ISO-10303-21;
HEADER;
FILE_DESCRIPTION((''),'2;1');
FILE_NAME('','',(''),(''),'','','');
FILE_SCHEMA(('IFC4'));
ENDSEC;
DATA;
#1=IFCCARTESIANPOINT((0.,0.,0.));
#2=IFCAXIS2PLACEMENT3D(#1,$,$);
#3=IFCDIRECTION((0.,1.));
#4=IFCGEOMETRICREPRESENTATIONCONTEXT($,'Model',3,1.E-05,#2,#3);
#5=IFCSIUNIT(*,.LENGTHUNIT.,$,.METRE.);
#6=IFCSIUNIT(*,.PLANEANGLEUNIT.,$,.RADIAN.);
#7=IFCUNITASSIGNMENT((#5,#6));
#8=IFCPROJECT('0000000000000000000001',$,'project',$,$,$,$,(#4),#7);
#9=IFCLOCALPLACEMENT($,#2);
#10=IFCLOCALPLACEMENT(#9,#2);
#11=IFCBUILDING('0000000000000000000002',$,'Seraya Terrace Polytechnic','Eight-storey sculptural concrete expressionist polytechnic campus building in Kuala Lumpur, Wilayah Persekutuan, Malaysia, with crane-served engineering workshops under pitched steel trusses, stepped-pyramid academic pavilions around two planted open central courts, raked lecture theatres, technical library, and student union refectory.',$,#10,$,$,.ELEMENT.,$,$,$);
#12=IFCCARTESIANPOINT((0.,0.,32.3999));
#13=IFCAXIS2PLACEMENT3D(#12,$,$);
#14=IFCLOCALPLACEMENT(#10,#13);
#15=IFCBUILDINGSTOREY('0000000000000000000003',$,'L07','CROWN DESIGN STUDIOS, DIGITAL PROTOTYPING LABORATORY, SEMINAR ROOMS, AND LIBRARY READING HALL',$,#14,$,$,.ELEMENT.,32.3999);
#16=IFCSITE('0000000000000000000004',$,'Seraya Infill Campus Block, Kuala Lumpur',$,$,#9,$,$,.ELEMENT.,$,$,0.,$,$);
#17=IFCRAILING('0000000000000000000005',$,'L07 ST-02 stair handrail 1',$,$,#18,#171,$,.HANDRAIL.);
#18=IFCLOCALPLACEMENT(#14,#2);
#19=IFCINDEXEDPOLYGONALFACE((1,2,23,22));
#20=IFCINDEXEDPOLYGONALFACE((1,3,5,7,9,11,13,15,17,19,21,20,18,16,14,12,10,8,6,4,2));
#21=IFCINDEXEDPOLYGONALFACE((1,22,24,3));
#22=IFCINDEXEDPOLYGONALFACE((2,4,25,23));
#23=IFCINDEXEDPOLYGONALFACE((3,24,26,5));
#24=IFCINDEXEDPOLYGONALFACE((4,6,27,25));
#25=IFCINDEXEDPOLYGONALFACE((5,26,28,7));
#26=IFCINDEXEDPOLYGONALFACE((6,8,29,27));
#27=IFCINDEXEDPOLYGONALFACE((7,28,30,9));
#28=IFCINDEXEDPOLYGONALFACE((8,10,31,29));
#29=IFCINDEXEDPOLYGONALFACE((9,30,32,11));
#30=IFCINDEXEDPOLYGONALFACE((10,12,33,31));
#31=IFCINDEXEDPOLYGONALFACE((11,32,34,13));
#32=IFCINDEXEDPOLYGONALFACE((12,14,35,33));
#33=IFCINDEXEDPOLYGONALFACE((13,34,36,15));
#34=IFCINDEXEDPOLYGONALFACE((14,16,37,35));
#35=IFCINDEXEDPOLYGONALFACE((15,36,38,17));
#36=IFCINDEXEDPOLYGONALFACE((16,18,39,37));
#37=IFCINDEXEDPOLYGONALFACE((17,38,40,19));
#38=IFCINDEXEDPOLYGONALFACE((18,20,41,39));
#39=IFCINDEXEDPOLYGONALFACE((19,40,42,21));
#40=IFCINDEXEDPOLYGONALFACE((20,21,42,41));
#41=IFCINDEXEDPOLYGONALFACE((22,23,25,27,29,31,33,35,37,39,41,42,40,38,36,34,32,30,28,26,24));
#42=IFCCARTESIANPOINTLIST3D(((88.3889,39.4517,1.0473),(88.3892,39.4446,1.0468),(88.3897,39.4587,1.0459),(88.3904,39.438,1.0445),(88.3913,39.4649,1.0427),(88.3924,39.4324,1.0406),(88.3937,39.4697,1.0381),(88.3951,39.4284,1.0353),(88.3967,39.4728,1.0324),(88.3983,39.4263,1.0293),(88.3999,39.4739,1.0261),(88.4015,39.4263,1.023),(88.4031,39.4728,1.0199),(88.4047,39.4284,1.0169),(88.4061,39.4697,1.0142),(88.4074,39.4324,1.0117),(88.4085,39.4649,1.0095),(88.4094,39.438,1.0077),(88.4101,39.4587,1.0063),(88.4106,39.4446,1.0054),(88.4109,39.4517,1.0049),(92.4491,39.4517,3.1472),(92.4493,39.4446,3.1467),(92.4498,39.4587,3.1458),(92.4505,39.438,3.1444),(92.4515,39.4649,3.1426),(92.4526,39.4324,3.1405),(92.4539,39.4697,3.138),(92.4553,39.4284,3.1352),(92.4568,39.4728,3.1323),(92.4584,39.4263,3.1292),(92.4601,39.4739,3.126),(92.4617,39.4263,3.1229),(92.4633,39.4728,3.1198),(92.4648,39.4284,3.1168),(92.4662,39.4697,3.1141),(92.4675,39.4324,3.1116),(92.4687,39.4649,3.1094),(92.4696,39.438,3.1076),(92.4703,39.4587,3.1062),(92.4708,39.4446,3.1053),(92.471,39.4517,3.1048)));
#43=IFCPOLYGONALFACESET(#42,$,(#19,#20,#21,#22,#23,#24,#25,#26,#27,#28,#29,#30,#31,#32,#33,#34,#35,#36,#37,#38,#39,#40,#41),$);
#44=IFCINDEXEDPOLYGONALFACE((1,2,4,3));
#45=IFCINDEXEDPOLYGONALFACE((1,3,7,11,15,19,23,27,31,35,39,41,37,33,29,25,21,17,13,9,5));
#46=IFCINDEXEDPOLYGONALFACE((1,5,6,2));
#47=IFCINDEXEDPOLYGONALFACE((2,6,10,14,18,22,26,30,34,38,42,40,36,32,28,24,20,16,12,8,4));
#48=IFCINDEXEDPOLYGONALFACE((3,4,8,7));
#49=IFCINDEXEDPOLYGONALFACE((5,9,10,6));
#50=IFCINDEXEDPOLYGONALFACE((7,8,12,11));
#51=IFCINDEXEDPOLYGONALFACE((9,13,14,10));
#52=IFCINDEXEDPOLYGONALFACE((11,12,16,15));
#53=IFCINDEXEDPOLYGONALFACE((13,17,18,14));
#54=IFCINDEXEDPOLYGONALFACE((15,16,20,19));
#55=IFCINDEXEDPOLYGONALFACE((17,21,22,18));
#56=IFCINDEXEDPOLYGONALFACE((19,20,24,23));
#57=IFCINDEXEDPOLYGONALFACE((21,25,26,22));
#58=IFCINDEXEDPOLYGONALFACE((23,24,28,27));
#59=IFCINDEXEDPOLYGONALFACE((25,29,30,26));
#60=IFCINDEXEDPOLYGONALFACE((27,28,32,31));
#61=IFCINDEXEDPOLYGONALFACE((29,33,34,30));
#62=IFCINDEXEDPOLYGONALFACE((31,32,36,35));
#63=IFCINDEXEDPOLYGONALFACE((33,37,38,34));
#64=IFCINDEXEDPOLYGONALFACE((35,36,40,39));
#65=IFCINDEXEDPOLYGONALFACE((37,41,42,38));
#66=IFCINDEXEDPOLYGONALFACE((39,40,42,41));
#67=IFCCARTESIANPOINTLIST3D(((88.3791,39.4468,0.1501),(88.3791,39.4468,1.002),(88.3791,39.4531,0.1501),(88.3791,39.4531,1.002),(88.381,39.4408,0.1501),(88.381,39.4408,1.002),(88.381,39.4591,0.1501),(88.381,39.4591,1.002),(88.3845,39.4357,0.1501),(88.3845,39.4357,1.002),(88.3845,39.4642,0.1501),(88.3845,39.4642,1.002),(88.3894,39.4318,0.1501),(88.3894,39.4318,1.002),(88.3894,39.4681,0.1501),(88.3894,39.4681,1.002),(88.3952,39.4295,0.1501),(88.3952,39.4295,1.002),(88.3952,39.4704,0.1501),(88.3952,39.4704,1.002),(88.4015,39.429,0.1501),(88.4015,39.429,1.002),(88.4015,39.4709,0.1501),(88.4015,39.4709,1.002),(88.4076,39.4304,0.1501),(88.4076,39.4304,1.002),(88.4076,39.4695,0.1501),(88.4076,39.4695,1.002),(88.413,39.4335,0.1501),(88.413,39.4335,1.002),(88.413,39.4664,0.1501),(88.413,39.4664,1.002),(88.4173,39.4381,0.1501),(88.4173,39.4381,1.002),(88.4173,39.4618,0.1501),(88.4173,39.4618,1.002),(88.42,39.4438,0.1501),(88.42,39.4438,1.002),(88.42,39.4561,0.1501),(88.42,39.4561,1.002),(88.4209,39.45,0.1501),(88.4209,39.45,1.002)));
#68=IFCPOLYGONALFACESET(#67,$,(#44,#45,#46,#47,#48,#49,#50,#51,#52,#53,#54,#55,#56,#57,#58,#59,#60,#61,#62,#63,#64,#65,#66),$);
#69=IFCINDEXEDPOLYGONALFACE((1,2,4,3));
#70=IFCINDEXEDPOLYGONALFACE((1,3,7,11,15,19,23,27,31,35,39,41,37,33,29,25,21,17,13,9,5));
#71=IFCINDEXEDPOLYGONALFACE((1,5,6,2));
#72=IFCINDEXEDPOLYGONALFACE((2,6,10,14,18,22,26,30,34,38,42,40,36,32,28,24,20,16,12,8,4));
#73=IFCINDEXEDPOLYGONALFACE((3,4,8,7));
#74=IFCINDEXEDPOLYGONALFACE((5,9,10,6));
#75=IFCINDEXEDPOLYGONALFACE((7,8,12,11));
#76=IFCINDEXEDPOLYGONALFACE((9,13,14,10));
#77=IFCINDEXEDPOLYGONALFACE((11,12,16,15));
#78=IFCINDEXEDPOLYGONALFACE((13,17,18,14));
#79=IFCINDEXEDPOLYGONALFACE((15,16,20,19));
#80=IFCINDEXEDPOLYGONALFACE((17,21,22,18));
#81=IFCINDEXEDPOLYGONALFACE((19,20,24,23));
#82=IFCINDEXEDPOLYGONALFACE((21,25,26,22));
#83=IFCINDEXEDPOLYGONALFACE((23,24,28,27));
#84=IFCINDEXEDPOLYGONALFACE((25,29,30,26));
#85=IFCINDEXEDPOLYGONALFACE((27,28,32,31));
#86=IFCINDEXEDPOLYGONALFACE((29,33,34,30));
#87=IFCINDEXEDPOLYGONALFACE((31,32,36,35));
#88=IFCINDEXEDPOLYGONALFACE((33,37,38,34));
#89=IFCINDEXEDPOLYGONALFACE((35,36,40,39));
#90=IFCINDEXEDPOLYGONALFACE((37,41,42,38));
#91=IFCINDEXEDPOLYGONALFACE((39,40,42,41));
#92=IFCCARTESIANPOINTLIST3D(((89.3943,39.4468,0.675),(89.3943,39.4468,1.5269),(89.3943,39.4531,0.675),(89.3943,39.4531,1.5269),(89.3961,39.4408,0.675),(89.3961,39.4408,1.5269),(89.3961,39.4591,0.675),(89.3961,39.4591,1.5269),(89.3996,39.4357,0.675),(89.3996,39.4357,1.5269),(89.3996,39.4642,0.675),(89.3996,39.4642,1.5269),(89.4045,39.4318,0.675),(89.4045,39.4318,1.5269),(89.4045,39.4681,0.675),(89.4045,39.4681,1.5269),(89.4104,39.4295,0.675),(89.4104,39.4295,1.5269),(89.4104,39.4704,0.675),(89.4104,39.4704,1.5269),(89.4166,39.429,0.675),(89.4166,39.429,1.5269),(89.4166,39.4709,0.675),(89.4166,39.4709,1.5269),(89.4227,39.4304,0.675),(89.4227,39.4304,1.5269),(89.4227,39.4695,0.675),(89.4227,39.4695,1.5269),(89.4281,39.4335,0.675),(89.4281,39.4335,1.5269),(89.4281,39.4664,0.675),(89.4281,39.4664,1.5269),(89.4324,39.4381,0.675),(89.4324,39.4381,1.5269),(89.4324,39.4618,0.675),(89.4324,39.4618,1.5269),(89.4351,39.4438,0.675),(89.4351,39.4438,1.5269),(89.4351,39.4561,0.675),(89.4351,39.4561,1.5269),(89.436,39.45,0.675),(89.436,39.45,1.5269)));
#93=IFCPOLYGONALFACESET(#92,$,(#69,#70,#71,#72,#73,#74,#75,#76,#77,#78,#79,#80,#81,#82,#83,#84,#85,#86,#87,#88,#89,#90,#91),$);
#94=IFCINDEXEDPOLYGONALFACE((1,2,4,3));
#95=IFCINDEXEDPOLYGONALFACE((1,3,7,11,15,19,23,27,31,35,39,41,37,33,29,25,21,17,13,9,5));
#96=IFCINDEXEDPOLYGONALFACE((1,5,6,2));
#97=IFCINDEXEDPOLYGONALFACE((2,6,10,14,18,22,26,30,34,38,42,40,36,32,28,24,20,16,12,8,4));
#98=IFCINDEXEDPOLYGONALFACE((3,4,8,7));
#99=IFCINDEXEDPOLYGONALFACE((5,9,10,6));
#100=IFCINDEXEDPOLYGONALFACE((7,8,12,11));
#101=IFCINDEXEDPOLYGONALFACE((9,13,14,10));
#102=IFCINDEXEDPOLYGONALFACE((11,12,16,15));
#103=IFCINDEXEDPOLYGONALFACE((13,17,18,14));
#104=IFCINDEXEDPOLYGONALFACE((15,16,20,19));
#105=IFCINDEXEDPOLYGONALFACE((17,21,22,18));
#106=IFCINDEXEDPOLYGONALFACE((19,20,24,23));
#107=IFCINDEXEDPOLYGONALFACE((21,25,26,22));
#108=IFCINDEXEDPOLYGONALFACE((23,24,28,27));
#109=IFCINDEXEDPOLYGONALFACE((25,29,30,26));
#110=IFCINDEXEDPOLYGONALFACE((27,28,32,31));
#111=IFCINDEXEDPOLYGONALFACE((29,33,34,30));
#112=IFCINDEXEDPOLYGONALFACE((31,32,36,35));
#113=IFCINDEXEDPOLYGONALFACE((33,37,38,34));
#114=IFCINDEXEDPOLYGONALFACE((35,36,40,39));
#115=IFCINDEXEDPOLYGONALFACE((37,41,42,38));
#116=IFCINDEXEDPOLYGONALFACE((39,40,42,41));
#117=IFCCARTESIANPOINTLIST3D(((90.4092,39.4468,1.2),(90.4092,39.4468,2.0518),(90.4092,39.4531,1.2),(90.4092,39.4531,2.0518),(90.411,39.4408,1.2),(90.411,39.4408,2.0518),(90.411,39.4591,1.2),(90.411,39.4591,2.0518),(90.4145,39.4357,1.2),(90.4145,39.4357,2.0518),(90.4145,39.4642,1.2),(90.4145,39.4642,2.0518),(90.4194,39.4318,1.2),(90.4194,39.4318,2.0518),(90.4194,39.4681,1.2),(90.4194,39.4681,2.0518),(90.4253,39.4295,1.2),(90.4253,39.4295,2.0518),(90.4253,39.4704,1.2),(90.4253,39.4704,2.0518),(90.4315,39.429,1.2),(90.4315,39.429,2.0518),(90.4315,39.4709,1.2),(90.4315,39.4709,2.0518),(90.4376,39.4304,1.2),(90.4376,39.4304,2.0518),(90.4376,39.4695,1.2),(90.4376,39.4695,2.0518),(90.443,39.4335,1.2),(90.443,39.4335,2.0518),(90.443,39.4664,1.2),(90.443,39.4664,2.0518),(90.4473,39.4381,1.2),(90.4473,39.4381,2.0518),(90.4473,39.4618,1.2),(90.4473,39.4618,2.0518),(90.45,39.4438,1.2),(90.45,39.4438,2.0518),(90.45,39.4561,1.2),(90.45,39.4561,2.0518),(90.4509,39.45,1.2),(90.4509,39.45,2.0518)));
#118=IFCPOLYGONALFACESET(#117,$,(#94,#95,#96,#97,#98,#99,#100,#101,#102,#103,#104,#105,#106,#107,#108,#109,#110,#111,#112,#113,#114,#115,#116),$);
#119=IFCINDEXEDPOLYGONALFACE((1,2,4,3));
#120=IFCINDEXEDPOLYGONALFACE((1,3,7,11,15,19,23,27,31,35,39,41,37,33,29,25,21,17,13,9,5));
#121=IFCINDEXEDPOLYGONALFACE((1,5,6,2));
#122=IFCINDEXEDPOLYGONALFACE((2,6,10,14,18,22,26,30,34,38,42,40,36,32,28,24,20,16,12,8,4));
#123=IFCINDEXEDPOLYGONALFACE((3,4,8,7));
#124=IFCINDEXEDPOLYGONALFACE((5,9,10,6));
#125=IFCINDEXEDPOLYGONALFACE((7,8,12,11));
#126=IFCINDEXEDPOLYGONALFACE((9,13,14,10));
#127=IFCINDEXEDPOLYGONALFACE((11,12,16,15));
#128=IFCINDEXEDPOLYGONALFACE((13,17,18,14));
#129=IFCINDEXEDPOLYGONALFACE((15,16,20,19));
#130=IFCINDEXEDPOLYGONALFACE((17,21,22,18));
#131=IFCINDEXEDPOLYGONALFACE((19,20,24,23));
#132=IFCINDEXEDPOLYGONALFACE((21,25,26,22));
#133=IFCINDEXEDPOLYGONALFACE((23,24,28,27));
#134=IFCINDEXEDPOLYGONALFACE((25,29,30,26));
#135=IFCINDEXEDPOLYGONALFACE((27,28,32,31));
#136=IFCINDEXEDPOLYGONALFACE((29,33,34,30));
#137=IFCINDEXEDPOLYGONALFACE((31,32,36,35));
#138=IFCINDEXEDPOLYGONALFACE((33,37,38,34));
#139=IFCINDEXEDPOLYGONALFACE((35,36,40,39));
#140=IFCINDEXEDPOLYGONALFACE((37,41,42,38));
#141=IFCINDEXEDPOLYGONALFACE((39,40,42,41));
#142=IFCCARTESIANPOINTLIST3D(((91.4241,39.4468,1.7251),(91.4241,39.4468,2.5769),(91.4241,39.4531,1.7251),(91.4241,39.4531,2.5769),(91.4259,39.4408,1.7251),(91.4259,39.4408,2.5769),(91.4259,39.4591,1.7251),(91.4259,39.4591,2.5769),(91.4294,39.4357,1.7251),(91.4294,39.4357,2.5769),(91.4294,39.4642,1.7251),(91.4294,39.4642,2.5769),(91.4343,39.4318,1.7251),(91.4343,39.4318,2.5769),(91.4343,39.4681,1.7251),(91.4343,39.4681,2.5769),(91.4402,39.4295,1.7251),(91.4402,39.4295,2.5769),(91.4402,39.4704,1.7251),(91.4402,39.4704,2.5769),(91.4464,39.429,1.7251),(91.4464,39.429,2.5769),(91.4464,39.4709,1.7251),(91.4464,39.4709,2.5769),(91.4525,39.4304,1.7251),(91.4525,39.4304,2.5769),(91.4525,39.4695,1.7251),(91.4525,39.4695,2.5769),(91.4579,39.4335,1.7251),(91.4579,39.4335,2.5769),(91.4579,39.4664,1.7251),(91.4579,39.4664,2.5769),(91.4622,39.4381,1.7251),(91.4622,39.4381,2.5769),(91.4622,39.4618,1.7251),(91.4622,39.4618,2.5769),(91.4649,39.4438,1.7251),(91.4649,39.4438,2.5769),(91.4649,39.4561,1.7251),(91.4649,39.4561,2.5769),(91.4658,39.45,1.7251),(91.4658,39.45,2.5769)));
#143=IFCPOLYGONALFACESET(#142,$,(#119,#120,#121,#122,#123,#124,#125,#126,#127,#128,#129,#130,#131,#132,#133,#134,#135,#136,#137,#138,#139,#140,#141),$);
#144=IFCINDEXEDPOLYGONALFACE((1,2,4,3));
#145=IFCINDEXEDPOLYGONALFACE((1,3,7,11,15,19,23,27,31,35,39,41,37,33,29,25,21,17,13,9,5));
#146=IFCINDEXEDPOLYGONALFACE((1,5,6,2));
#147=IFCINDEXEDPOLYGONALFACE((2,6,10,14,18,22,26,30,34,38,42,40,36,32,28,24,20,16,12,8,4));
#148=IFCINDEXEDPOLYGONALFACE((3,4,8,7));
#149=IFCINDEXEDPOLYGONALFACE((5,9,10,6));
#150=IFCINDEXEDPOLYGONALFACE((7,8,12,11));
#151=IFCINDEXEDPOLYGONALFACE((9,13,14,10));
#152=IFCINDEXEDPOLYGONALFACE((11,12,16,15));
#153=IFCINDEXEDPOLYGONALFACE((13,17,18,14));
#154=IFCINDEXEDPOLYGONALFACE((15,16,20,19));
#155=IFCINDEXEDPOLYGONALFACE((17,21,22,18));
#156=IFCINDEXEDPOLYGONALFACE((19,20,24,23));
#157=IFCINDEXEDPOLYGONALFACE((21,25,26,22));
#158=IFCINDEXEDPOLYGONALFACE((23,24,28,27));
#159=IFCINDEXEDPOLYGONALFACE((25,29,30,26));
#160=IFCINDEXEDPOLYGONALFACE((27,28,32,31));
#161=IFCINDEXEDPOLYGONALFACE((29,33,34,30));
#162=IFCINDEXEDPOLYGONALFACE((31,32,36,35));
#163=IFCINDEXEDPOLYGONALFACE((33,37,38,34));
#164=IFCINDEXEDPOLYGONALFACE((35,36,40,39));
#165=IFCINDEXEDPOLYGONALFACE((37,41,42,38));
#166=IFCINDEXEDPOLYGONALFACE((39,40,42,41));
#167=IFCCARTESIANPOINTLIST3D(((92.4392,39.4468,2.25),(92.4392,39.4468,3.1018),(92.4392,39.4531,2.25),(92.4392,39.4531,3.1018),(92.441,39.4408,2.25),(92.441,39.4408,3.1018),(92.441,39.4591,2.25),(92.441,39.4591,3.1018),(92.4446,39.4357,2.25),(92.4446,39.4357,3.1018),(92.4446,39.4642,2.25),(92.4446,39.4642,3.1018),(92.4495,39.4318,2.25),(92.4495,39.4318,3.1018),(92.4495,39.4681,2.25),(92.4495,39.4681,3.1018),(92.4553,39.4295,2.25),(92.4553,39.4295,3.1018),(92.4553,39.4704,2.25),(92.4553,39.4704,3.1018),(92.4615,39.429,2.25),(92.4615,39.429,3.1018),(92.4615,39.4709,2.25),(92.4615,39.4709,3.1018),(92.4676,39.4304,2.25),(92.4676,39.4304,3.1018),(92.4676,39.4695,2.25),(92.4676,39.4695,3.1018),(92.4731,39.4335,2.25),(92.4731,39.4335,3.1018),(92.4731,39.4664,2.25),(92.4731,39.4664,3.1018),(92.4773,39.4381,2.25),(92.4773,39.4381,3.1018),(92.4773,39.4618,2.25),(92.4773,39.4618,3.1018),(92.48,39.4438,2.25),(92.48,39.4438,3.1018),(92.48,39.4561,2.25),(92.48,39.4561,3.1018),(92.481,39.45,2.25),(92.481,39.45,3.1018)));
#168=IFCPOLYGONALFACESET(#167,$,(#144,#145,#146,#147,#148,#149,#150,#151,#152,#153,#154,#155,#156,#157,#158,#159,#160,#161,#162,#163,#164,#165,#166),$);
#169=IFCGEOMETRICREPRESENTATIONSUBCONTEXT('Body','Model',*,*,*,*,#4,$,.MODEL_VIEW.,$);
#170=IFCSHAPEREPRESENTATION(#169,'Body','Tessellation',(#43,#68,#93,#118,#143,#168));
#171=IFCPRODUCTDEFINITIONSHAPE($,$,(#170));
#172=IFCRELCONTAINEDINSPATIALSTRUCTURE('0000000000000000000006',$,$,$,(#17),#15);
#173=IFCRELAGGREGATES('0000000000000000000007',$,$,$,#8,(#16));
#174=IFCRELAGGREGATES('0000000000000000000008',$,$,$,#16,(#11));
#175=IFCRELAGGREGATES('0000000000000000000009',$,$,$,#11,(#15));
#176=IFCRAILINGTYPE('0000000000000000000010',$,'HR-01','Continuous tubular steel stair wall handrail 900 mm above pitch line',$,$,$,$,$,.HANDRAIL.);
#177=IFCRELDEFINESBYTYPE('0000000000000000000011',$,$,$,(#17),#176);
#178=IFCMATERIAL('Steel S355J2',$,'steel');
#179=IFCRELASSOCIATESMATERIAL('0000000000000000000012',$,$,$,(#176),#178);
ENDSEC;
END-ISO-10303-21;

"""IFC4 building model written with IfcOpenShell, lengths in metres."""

from ifc_helpers import new_model, si_unit, direction, frame, origin, origin_2d, place, context, subcontext, project, spatial, circle, extrude, material, type_object, element, save


model = new_model("IFC4")

# Units and contexts
model_context = context("Model", 3, precision=1e-05, world=origin(), true_north=direction((0.0, 1.0)))
body_context = subcontext(model_context, "Body", "Model", "MODEL_VIEW")
ifc_project = project(units=[si_unit("LENGTHUNIT", "METRE"), si_unit("PLANEANGLEUNIT", "RADIAN")], contexts=[model_context])

# Site, building, storey
site_placement = place(None, origin())
site = spatial("IfcSite", under=ifc_project, at=site_placement, Name="Seraya Infill Campus Block, Kuala Lumpur", CompositionType="ELEMENT", RefElevation=0.0)
building_placement = place(site_placement, origin())
building = spatial("IfcBuilding", under=site, at=building_placement, Name="Seraya Terrace Polytechnic", Description="Eight-storey sculptural concrete expressionist polytechnic campus building in Kuala Lumpur, Wilayah Persekutuan, Malaysia, with crane-served engineering workshops under pitched steel trusses, stepped-pyramid academic pavilions around two planted open central courts, raked lecture theatres, technical library, and student union refectory.", CompositionType="ELEMENT")
storey_placement = place(building_placement, frame((0.0, 0.0, 32.3999)))
storey = spatial("IfcBuildingStorey", under=building, at=storey_placement, Name="L07", Description="CROWN DESIGN STUDIOS, DIGITAL PROTOTYPING LABORATORY, SEMINAR ROOMS, AND LIBRARY READING HALL", CompositionType="ELEMENT", Elevation=32.3999)

# Shared definitions
ifc_material_1 = material(Name="Steel S355J2", Category="steel")

# Railing
railing_type_1 = type_object("IfcRailingType", Name="HR-01", Description="Continuous tubular steel stair wall handrail 900 mm above pitch line", PredefinedType="HANDRAIL", material=ifc_material_1)
railing_1_placement = place(storey_placement, frame((88.3999, 39.45, 0.1501)))
element("IfcRailing", 1, at=railing_1_placement, inside=storey, type_object=railing_type_1, Name="L07 ST-02 stair handrail 1", PredefinedType="HANDRAIL", context=body_context, shape_type="SweptSolid", body=[
    extrude(circle(Radius=0.0239, at=origin_2d()), frame((0.0, 0.0, 0.876), z_axis=(0.888233, 0.0, 0.459392), x_axis=(0.0, 1.0, 0.0)), (0.0, 0.0, 1.0), 4.571),
    extrude(circle(Radius=0.021, at=origin_2d()), origin(), (0.0, 0.0, 1.0), 0.8518),
    extrude(circle(Radius=0.021, at=origin_2d()), frame((1.0151, 0.0, 0.5249)), (0.0, 0.0, 1.0), 0.8518),
    extrude(circle(Radius=0.021, at=origin_2d()), frame((2.03, 0.0, 1.0498)), (0.0, 0.0, 1.0), 0.8518),
    extrude(circle(Radius=0.021, at=origin_2d()), frame((3.0449, 0.0, 1.575)), (0.0, 0.0, 1.0), 0.8518),
    extrude(circle(Radius=0.021, at=origin_2d()), frame((4.0601, 0.0, 2.0999)), (0.0, 0.0, 1.0), 0.8518),
])

save(model, "model.ifc")
